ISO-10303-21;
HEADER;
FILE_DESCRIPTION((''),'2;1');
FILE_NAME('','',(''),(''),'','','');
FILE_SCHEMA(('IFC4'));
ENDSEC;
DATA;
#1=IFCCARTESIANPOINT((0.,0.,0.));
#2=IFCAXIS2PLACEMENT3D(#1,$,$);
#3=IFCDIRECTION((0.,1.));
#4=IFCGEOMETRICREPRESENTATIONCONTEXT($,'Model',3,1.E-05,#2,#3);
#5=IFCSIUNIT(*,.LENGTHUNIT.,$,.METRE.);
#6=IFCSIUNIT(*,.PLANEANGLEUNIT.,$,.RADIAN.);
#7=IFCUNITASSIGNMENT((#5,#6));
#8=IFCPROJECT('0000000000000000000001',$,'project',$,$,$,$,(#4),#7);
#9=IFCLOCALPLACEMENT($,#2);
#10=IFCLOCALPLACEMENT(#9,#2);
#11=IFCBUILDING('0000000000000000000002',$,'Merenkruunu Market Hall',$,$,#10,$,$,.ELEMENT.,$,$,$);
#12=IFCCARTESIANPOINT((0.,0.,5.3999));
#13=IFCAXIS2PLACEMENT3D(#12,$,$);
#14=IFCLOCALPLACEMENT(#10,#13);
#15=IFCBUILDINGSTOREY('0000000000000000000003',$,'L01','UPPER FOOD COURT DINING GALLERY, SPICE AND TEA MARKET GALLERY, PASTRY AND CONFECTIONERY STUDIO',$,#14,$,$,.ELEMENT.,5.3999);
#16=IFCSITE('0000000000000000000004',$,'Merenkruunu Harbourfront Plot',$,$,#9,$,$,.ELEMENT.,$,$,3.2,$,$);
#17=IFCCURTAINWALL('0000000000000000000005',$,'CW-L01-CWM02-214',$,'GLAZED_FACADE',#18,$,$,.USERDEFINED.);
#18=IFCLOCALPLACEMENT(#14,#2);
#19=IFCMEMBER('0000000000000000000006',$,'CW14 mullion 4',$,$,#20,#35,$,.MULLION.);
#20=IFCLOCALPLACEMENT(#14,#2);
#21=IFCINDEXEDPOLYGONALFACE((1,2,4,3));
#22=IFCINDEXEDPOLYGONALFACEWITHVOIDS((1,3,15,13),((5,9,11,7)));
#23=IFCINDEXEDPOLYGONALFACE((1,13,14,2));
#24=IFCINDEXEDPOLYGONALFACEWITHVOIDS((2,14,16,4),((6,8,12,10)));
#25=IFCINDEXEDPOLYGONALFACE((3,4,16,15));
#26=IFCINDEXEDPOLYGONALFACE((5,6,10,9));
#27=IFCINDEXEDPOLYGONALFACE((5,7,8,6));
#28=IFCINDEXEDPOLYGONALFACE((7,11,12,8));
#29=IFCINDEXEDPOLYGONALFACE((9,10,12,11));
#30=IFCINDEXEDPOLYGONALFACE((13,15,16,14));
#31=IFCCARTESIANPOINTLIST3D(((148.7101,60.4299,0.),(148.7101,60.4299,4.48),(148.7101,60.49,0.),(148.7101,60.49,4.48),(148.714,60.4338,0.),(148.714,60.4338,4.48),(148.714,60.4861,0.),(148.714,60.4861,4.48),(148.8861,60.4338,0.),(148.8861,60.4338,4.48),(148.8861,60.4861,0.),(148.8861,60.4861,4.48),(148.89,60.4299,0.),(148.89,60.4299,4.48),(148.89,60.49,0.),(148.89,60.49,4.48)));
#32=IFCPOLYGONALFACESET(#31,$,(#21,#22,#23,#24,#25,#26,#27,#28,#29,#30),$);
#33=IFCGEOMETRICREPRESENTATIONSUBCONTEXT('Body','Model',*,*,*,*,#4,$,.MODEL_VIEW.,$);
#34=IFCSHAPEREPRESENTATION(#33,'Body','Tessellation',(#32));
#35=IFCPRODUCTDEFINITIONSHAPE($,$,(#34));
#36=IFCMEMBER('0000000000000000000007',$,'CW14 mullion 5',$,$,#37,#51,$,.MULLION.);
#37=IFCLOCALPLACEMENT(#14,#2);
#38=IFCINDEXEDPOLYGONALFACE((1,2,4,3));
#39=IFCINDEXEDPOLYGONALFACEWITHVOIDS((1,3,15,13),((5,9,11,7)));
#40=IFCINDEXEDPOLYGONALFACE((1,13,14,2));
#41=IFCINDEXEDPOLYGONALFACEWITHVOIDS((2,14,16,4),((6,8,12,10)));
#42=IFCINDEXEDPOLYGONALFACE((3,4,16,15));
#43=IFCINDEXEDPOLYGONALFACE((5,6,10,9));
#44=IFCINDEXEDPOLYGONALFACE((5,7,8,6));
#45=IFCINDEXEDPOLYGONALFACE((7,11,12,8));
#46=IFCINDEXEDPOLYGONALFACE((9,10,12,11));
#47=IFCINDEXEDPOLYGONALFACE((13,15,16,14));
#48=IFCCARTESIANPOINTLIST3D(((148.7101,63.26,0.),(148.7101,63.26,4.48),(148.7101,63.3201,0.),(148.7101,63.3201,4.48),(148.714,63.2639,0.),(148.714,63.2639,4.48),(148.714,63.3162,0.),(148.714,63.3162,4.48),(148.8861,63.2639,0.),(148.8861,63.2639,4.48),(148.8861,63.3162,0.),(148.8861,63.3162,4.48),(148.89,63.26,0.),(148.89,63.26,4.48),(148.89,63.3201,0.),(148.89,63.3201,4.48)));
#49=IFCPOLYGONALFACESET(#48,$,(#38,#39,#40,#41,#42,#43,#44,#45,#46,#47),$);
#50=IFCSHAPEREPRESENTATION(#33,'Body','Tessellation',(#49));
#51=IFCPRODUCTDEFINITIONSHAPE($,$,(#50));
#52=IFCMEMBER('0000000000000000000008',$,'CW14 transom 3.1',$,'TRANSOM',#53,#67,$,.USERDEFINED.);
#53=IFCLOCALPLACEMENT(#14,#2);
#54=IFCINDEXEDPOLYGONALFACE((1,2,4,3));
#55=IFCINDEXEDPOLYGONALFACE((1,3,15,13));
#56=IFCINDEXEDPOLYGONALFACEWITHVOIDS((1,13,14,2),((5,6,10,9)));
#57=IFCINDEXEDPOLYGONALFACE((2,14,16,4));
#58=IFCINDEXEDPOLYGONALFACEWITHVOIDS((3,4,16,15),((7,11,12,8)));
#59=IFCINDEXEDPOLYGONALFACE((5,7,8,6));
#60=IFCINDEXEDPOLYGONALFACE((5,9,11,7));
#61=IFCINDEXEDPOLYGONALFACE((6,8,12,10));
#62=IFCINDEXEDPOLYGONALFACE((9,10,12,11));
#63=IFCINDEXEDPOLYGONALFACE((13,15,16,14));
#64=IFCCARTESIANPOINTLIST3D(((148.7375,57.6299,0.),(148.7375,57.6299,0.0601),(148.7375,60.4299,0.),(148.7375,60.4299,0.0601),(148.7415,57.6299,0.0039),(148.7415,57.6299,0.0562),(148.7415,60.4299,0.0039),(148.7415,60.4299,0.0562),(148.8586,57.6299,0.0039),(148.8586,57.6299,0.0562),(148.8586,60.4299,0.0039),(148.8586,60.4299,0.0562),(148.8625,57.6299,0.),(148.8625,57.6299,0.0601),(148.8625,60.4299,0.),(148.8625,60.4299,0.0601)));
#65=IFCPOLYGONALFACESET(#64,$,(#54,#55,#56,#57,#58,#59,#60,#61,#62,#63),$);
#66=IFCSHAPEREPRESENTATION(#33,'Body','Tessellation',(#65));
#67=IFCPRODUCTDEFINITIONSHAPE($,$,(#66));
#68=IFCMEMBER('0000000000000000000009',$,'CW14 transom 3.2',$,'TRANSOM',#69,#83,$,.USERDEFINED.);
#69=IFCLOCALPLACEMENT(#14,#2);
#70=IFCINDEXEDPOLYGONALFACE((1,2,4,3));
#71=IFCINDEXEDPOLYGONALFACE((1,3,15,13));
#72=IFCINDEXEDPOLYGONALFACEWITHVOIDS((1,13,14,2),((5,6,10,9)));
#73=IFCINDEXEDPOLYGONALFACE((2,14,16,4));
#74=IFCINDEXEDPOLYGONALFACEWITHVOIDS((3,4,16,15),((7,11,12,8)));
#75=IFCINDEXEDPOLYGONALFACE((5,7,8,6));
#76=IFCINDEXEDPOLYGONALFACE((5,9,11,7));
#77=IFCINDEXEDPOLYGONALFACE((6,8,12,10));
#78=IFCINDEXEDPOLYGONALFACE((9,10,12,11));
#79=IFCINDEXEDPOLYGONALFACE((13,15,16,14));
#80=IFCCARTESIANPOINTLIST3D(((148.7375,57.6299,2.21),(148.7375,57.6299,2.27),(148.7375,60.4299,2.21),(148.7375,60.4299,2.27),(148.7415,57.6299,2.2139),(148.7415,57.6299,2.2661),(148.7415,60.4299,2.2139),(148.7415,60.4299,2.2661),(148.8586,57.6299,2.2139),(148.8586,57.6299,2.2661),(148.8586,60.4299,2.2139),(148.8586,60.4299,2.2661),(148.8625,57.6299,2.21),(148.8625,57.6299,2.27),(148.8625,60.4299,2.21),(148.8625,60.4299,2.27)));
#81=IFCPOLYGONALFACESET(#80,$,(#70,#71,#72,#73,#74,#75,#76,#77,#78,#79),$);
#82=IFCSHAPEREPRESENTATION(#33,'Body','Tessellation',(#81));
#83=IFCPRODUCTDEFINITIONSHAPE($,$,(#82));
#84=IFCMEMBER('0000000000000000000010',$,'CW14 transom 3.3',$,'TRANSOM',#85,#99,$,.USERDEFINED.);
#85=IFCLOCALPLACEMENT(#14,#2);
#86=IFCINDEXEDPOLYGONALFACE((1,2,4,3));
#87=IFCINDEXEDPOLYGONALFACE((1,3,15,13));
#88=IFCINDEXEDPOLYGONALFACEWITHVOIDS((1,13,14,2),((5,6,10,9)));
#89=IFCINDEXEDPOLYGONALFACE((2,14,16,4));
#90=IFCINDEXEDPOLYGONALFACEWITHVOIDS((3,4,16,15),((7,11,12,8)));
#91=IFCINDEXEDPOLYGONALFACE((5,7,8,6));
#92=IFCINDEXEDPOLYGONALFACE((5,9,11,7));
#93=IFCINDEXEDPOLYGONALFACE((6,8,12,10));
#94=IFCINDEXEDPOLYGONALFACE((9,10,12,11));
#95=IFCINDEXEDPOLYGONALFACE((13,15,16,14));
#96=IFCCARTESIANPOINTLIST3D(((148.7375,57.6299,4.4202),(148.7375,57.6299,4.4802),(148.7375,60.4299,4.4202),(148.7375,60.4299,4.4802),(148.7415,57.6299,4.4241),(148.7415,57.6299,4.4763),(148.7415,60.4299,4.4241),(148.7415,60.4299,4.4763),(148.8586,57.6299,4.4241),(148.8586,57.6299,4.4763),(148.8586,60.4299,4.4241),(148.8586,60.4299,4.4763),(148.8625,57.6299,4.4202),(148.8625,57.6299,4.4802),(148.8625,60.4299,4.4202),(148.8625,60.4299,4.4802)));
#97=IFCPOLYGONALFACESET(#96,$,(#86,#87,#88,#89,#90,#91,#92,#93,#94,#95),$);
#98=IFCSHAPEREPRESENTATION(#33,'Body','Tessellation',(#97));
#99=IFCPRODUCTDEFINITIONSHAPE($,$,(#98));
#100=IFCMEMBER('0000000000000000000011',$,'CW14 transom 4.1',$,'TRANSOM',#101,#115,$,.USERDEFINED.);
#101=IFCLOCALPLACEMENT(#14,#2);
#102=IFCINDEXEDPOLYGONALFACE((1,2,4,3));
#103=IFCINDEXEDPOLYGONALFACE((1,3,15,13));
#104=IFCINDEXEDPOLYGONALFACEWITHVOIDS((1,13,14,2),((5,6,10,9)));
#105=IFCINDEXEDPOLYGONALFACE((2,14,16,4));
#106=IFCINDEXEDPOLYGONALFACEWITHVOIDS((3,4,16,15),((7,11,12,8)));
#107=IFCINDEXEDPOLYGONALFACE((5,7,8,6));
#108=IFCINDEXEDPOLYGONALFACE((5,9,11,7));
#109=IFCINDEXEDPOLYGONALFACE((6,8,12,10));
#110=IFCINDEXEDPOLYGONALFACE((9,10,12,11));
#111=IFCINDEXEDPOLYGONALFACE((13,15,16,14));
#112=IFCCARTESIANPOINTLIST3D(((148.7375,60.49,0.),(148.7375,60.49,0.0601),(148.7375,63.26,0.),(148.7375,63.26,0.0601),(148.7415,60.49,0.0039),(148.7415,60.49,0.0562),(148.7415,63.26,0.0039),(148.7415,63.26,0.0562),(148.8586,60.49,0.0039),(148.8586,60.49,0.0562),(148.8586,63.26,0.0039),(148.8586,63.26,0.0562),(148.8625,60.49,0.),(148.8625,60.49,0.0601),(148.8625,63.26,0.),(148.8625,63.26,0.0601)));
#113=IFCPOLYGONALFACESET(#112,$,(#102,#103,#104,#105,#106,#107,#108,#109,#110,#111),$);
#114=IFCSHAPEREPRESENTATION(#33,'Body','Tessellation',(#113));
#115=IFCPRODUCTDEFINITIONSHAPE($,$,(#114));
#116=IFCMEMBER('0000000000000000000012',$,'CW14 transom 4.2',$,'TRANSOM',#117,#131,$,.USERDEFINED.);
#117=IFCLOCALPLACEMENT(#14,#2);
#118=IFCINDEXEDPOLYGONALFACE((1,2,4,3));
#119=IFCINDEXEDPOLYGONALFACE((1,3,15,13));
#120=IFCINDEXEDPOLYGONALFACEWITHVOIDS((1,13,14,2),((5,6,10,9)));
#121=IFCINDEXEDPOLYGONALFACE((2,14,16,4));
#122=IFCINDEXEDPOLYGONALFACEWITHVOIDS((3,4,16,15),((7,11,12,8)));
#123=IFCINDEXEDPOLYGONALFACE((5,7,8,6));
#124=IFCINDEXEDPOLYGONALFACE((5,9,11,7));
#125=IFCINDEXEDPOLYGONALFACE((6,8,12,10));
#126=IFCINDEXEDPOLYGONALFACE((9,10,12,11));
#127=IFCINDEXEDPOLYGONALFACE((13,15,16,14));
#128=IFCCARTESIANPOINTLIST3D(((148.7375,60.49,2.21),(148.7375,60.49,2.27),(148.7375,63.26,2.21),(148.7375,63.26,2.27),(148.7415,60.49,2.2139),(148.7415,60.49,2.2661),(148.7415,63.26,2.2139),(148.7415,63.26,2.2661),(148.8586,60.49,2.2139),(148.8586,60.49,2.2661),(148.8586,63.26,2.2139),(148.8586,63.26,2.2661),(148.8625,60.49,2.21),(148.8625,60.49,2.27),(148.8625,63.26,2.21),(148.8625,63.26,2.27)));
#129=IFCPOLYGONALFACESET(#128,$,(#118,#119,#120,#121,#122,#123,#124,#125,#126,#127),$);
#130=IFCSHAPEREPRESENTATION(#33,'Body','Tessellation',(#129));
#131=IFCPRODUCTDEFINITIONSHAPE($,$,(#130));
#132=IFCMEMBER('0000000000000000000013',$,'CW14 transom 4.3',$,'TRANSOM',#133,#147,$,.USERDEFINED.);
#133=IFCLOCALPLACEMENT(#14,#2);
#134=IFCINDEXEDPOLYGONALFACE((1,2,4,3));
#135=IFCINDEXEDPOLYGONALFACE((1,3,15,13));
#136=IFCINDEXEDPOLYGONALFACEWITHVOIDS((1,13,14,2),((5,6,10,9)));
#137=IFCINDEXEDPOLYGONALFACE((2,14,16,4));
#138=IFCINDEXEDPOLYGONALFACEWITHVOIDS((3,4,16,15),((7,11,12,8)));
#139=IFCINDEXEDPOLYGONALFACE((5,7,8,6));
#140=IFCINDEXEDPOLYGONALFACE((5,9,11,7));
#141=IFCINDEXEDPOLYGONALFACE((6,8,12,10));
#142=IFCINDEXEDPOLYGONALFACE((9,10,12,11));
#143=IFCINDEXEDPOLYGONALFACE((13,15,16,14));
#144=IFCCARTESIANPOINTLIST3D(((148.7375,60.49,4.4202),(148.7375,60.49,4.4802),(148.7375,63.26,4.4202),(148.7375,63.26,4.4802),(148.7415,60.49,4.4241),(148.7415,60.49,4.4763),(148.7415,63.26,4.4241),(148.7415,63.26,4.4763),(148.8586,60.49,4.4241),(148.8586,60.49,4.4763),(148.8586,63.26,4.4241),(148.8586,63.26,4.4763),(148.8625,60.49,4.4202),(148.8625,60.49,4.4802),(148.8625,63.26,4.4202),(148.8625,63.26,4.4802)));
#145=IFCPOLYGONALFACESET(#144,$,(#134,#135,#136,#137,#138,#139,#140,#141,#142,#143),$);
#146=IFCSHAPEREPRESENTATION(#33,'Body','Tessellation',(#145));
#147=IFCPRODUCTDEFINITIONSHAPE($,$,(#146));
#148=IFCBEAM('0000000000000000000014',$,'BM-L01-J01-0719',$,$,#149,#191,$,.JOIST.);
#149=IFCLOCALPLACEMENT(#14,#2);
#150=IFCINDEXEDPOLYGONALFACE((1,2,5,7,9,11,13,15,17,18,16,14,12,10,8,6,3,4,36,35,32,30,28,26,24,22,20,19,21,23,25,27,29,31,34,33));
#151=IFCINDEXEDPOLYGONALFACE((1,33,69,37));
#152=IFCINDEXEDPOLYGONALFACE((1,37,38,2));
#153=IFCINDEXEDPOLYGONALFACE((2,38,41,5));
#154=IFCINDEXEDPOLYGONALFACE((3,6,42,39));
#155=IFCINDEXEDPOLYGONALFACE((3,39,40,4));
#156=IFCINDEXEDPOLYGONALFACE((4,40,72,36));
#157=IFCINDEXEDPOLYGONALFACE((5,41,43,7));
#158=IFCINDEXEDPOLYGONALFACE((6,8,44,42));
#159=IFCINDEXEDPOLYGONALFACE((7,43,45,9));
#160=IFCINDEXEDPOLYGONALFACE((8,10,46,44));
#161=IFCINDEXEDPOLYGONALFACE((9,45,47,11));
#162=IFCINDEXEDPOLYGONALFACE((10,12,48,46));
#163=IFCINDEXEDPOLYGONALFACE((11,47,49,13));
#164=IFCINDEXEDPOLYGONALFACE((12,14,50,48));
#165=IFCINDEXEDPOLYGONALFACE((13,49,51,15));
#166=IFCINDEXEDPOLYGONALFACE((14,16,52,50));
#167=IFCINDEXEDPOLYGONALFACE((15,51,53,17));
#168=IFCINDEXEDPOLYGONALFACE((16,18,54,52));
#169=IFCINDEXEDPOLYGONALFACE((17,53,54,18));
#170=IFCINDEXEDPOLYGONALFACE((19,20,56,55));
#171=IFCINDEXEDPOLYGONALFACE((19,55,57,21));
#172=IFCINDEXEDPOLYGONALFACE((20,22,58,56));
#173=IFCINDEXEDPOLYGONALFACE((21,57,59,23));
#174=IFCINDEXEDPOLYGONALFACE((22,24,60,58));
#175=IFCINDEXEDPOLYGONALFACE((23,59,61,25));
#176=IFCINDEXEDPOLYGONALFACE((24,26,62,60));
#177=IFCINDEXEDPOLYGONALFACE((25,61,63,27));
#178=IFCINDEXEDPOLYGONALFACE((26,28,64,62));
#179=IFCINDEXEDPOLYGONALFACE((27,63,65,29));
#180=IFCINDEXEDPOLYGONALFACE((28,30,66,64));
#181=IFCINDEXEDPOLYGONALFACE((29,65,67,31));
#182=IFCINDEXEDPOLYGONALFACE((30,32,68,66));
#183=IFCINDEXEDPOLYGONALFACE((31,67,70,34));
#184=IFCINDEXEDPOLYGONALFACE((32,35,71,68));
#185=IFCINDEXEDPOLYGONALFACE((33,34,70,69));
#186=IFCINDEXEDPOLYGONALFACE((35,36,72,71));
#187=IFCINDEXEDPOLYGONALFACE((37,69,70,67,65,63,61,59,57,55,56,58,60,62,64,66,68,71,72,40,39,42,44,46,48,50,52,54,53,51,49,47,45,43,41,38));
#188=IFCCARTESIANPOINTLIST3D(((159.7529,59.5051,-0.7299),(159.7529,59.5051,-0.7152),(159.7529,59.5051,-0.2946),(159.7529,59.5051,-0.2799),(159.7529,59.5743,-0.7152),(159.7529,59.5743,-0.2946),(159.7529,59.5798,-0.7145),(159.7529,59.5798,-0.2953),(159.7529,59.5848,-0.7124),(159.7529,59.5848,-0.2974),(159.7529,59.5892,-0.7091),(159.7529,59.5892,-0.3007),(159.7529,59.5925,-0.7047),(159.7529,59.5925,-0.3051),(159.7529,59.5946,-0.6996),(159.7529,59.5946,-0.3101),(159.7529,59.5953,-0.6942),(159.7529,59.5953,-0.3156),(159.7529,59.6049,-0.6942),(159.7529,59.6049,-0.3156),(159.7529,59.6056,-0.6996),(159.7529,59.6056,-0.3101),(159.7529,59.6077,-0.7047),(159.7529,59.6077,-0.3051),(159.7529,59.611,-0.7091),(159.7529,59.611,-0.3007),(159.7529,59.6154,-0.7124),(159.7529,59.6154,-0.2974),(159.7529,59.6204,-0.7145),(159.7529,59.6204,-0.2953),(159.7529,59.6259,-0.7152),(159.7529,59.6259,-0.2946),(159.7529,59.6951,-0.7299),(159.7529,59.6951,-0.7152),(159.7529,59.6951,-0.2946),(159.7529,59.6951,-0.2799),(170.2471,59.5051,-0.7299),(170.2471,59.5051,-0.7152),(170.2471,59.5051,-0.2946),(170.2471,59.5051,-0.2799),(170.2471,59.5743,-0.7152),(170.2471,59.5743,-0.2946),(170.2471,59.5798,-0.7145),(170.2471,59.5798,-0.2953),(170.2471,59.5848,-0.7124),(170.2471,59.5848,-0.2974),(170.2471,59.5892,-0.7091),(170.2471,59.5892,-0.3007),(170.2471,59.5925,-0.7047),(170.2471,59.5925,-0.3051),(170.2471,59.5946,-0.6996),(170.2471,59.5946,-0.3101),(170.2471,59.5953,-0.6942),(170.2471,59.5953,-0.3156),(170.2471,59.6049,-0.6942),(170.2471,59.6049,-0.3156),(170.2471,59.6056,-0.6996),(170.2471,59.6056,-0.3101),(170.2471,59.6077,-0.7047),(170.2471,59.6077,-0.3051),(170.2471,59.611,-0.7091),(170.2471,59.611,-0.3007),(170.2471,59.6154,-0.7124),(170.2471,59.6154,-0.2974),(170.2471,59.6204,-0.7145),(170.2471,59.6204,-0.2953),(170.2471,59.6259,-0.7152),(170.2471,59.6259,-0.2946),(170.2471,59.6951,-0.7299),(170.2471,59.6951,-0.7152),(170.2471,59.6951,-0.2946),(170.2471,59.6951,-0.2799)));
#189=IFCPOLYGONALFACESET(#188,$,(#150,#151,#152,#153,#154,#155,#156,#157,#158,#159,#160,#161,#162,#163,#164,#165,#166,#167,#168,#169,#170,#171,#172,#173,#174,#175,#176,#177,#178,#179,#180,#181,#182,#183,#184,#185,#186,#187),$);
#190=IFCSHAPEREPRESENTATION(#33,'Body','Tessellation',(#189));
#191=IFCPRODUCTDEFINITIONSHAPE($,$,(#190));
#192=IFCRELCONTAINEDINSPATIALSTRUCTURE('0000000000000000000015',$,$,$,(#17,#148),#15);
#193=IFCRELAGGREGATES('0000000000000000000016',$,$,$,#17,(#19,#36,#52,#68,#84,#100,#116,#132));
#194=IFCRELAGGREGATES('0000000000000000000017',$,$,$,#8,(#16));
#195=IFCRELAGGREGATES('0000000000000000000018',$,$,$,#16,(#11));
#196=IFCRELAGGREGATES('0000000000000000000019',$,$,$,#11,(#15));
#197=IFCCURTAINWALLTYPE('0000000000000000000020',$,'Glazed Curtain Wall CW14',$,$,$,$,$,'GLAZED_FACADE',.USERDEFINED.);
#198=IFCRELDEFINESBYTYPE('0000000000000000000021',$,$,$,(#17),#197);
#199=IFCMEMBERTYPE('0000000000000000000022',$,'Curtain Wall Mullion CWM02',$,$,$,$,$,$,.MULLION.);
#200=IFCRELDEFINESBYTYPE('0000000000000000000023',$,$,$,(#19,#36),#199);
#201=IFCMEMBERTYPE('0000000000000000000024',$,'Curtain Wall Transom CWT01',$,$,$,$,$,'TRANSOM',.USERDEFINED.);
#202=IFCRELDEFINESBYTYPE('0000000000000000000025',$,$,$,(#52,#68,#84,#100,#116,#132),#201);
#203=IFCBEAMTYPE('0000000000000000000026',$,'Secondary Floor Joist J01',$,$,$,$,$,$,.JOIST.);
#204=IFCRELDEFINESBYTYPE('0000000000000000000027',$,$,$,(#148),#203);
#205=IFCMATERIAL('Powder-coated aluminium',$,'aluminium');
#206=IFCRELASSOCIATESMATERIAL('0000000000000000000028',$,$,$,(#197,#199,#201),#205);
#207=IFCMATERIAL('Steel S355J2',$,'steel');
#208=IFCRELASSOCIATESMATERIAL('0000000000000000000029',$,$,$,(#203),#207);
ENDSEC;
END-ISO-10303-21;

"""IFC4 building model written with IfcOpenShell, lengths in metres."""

from ifc_helpers import new_model, si_unit, direction, frame, origin, origin_2d, place, context, subcontext, project, spatial, hollow_rectangle, i_section, extrude, material, material_profile, profile_set, type_object, element, aggregate, save


model = new_model("IFC4")

# Units and contexts
model_context = context("Model", 3, precision=1e-05, world=origin(), true_north=direction((0.0, 1.0)))
body_context = subcontext(model_context, "Body", "Model", "MODEL_VIEW")
ifc_project = project(units=[si_unit("LENGTHUNIT", "METRE"), si_unit("PLANEANGLEUNIT", "RADIAN")], contexts=[model_context])

# Site, building, storey
site_placement = place(None, origin())
site = spatial("IfcSite", under=ifc_project, at=site_placement, Name="Merenkruunu Harbourfront Plot", CompositionType="ELEMENT", RefElevation=3.2)
building_placement = place(site_placement, origin())
building = spatial("IfcBuilding", under=site, at=building_placement, Name="Merenkruunu Market Hall", CompositionType="ELEMENT")
storey_placement = place(building_placement, frame((0.0, 0.0, 5.3999)))
storey = spatial("IfcBuildingStorey", under=building, at=storey_placement, Name="L01", Description="UPPER FOOD COURT DINING GALLERY, SPICE AND TEA MARKET GALLERY, PASTRY AND CONFECTIONERY STUDIO", CompositionType="ELEMENT", Elevation=5.3999)

# Curtain wall, members
ifc_material_1 = material(Name="Powder-coated aluminium", Category="aluminium")
curtain_wall_type = type_object("IfcCurtainWallType", Name="Glazed Curtain Wall CW14", ElementType="GLAZED_FACADE", PredefinedType="USERDEFINED", material=ifc_material_1)
curtain_wall_placement = place(storey_placement, origin())
curtain_wall = element("IfcCurtainWall", 1, at=curtain_wall_placement, inside=storey, type_object=curtain_wall_type, Name="CW-L01-CWM02-214", ObjectType="GLAZED_FACADE", PredefinedType="USERDEFINED")
ifc_material_profile_1 = material_profile(ifc_material_1, hollow_rectangle(XDim=0.0601, YDim=0.1799, WallThickness=0.0039, at=origin_2d()), Name="ALU 60x180x4")
ifc_profile_set_1 = profile_set([ifc_material_profile_1], Name="Powder-coated aluminium")
member_type_1 = type_object("IfcMemberType", Name="Curtain Wall Mullion CWM02", PredefinedType="MULLION", material=ifc_profile_set_1)
member_1_placement = place(storey_placement, frame((148.8, 60.46, 0.0), z_axis=(0.0, 0.0, 1.0), x_axis=(0.0, 1.0, 0.0)))
member_1 = element("IfcMember", 2, at=member_1_placement, type_object=member_type_1, Name="CW14 mullion 4", PredefinedType="MULLION", context=body_context, shape_type="SweptSolid", body=[
    extrude(hollow_rectangle(XDim=0.0601, YDim=0.1799, WallThickness=0.0039, at=origin_2d()), origin(), (0.0, 0.0, 1.0), 4.48),
])
member_2_placement = place(storey_placement, frame((148.8, 63.29, 0.0), z_axis=(0.0, 0.0, 1.0), x_axis=(0.0, 1.0, 0.0)))
member_2 = element("IfcMember", 3, at=member_2_placement, type_object=member_type_1, Name="CW14 mullion 5", PredefinedType="MULLION", context=body_context, shape_type="SweptSolid", body=[
    extrude(hollow_rectangle(XDim=0.0601, YDim=0.1799, WallThickness=0.0039, at=origin_2d()), origin(), (0.0, 0.0, 1.0), 4.48),
])
ifc_material_profile_2 = material_profile(ifc_material_1, hollow_rectangle(XDim=0.0601, YDim=0.125, WallThickness=0.0039, at=origin_2d()), Name="ALU 60x125x4")
ifc_profile_set_2 = profile_set([ifc_material_profile_2], Name="Powder-coated aluminium")
member_type_2 = type_object("IfcMemberType", Name="Curtain Wall Transom CWT01", ElementType="TRANSOM", PredefinedType="USERDEFINED", material=ifc_profile_set_2)
member_3_placement = place(storey_placement, frame((148.8, 57.6299, 0.03), z_axis=(0.0, 1.0, 0.0), x_axis=(0.0, 0.0, 1.0)))
member_3 = element("IfcMember", 4, at=member_3_placement, type_object=member_type_2, Name="CW14 transom 3.1", ObjectType="TRANSOM", PredefinedType="USERDEFINED", context=body_context, shape_type="SweptSolid", body=[
    extrude(hollow_rectangle(XDim=0.0601, YDim=0.125, WallThickness=0.0039, at=origin_2d()), origin(), (0.0, 0.0, 1.0), 2.8),
])
member_4_placement = place(storey_placement, frame((148.8, 57.6299, 2.24), z_axis=(0.0, 1.0, 0.0), x_axis=(0.0, 0.0, 1.0)))
member_4 = element("IfcMember", 5, at=member_4_placement, type_object=member_type_2, Name="CW14 transom 3.2", ObjectType="TRANSOM", PredefinedType="USERDEFINED", context=body_context, shape_type="SweptSolid", body=[
    extrude(hollow_rectangle(XDim=0.0601, YDim=0.125, WallThickness=0.0039, at=origin_2d()), origin(), (0.0, 0.0, 1.0), 2.8),
])
member_5_placement = place(storey_placement, frame((148.8, 57.6299, 4.4502), z_axis=(0.0, 1.0, 0.0), x_axis=(0.0, 0.0, 1.0)))
member_5 = element("IfcMember", 6, at=member_5_placement, type_object=member_type_2, Name="CW14 transom 3.3", ObjectType="TRANSOM", PredefinedType="USERDEFINED", context=body_context, shape_type="SweptSolid", body=[
    extrude(hollow_rectangle(XDim=0.0601, YDim=0.125, WallThickness=0.0039, at=origin_2d()), origin(), (0.0, 0.0, 1.0), 2.8),
])
member_6_placement = place(storey_placement, frame((148.8, 60.49, 0.03), z_axis=(0.0, 1.0, 0.0), x_axis=(0.0, 0.0, 1.0)))
member_6 = element("IfcMember", 7, at=member_6_placement, type_object=member_type_2, Name="CW14 transom 4.1", ObjectType="TRANSOM", PredefinedType="USERDEFINED", context=body_context, shape_type="SweptSolid", body=[
    extrude(hollow_rectangle(XDim=0.0601, YDim=0.125, WallThickness=0.0039, at=origin_2d()), origin(), (0.0, 0.0, 1.0), 2.77),
])
member_7_placement = place(storey_placement, frame((148.8, 60.49, 2.24), z_axis=(0.0, 1.0, 0.0), x_axis=(0.0, 0.0, 1.0)))
member_7 = element("IfcMember", 8, at=member_7_placement, type_object=member_type_2, Name="CW14 transom 4.2", ObjectType="TRANSOM", PredefinedType="USERDEFINED", context=body_context, shape_type="SweptSolid", body=[
    extrude(hollow_rectangle(XDim=0.0601, YDim=0.125, WallThickness=0.0039, at=origin_2d()), origin(), (0.0, 0.0, 1.0), 2.77),
])
member_8_placement = place(storey_placement, frame((148.8, 60.49, 4.4502), z_axis=(0.0, 1.0, 0.0), x_axis=(0.0, 0.0, 1.0)))
member_8 = element("IfcMember", 9, at=member_8_placement, type_object=member_type_2, Name="CW14 transom 4.3", ObjectType="TRANSOM", PredefinedType="USERDEFINED", context=body_context, shape_type="SweptSolid", body=[
    extrude(hollow_rectangle(XDim=0.0601, YDim=0.125, WallThickness=0.0039, at=origin_2d()), origin(), (0.0, 0.0, 1.0), 2.77),
])

# Beam
ifc_material_2 = material(Name="Steel S355J2", Category="steel")
ifc_material_profile_3 = material_profile(ifc_material_2, i_section(OverallWidth=0.1899, OverallDepth=0.45, WebThickness=0.0095, FlangeThickness=0.0146, FilletRadius=0.021, at=origin_2d()), Name="IPE 450")
ifc_profile_set_3 = profile_set([ifc_material_profile_3], Name="Steel S355J2")
beam_type_1 = type_object("IfcBeamType", Name="Secondary Floor Joist J01", PredefinedType="JOIST", material=ifc_profile_set_3)
beam_1_placement = place(storey_placement, frame((159.7529, 59.6001, -0.5049), z_axis=(1.0, 0.0, 0.0), x_axis=(0.0, 1.0, 0.0)))
element("IfcBeam", 10, at=beam_1_placement, inside=storey, type_object=beam_type_1, Name="BM-L01-J01-0719", PredefinedType="JOIST", context=body_context, shape_type="SweptSolid", body=[
    extrude(i_section(OverallWidth=0.1899, OverallDepth=0.45, WebThickness=0.0095, FlangeThickness=0.0146, FilletRadius=0.021, at=origin_2d()), origin(), (0.0, 0.0, 1.0), 10.4941),
])

aggregate(curtain_wall, [member_1, member_2, member_3, member_4, member_5, member_6, member_7, member_8])

save(model, "model.ifc")
